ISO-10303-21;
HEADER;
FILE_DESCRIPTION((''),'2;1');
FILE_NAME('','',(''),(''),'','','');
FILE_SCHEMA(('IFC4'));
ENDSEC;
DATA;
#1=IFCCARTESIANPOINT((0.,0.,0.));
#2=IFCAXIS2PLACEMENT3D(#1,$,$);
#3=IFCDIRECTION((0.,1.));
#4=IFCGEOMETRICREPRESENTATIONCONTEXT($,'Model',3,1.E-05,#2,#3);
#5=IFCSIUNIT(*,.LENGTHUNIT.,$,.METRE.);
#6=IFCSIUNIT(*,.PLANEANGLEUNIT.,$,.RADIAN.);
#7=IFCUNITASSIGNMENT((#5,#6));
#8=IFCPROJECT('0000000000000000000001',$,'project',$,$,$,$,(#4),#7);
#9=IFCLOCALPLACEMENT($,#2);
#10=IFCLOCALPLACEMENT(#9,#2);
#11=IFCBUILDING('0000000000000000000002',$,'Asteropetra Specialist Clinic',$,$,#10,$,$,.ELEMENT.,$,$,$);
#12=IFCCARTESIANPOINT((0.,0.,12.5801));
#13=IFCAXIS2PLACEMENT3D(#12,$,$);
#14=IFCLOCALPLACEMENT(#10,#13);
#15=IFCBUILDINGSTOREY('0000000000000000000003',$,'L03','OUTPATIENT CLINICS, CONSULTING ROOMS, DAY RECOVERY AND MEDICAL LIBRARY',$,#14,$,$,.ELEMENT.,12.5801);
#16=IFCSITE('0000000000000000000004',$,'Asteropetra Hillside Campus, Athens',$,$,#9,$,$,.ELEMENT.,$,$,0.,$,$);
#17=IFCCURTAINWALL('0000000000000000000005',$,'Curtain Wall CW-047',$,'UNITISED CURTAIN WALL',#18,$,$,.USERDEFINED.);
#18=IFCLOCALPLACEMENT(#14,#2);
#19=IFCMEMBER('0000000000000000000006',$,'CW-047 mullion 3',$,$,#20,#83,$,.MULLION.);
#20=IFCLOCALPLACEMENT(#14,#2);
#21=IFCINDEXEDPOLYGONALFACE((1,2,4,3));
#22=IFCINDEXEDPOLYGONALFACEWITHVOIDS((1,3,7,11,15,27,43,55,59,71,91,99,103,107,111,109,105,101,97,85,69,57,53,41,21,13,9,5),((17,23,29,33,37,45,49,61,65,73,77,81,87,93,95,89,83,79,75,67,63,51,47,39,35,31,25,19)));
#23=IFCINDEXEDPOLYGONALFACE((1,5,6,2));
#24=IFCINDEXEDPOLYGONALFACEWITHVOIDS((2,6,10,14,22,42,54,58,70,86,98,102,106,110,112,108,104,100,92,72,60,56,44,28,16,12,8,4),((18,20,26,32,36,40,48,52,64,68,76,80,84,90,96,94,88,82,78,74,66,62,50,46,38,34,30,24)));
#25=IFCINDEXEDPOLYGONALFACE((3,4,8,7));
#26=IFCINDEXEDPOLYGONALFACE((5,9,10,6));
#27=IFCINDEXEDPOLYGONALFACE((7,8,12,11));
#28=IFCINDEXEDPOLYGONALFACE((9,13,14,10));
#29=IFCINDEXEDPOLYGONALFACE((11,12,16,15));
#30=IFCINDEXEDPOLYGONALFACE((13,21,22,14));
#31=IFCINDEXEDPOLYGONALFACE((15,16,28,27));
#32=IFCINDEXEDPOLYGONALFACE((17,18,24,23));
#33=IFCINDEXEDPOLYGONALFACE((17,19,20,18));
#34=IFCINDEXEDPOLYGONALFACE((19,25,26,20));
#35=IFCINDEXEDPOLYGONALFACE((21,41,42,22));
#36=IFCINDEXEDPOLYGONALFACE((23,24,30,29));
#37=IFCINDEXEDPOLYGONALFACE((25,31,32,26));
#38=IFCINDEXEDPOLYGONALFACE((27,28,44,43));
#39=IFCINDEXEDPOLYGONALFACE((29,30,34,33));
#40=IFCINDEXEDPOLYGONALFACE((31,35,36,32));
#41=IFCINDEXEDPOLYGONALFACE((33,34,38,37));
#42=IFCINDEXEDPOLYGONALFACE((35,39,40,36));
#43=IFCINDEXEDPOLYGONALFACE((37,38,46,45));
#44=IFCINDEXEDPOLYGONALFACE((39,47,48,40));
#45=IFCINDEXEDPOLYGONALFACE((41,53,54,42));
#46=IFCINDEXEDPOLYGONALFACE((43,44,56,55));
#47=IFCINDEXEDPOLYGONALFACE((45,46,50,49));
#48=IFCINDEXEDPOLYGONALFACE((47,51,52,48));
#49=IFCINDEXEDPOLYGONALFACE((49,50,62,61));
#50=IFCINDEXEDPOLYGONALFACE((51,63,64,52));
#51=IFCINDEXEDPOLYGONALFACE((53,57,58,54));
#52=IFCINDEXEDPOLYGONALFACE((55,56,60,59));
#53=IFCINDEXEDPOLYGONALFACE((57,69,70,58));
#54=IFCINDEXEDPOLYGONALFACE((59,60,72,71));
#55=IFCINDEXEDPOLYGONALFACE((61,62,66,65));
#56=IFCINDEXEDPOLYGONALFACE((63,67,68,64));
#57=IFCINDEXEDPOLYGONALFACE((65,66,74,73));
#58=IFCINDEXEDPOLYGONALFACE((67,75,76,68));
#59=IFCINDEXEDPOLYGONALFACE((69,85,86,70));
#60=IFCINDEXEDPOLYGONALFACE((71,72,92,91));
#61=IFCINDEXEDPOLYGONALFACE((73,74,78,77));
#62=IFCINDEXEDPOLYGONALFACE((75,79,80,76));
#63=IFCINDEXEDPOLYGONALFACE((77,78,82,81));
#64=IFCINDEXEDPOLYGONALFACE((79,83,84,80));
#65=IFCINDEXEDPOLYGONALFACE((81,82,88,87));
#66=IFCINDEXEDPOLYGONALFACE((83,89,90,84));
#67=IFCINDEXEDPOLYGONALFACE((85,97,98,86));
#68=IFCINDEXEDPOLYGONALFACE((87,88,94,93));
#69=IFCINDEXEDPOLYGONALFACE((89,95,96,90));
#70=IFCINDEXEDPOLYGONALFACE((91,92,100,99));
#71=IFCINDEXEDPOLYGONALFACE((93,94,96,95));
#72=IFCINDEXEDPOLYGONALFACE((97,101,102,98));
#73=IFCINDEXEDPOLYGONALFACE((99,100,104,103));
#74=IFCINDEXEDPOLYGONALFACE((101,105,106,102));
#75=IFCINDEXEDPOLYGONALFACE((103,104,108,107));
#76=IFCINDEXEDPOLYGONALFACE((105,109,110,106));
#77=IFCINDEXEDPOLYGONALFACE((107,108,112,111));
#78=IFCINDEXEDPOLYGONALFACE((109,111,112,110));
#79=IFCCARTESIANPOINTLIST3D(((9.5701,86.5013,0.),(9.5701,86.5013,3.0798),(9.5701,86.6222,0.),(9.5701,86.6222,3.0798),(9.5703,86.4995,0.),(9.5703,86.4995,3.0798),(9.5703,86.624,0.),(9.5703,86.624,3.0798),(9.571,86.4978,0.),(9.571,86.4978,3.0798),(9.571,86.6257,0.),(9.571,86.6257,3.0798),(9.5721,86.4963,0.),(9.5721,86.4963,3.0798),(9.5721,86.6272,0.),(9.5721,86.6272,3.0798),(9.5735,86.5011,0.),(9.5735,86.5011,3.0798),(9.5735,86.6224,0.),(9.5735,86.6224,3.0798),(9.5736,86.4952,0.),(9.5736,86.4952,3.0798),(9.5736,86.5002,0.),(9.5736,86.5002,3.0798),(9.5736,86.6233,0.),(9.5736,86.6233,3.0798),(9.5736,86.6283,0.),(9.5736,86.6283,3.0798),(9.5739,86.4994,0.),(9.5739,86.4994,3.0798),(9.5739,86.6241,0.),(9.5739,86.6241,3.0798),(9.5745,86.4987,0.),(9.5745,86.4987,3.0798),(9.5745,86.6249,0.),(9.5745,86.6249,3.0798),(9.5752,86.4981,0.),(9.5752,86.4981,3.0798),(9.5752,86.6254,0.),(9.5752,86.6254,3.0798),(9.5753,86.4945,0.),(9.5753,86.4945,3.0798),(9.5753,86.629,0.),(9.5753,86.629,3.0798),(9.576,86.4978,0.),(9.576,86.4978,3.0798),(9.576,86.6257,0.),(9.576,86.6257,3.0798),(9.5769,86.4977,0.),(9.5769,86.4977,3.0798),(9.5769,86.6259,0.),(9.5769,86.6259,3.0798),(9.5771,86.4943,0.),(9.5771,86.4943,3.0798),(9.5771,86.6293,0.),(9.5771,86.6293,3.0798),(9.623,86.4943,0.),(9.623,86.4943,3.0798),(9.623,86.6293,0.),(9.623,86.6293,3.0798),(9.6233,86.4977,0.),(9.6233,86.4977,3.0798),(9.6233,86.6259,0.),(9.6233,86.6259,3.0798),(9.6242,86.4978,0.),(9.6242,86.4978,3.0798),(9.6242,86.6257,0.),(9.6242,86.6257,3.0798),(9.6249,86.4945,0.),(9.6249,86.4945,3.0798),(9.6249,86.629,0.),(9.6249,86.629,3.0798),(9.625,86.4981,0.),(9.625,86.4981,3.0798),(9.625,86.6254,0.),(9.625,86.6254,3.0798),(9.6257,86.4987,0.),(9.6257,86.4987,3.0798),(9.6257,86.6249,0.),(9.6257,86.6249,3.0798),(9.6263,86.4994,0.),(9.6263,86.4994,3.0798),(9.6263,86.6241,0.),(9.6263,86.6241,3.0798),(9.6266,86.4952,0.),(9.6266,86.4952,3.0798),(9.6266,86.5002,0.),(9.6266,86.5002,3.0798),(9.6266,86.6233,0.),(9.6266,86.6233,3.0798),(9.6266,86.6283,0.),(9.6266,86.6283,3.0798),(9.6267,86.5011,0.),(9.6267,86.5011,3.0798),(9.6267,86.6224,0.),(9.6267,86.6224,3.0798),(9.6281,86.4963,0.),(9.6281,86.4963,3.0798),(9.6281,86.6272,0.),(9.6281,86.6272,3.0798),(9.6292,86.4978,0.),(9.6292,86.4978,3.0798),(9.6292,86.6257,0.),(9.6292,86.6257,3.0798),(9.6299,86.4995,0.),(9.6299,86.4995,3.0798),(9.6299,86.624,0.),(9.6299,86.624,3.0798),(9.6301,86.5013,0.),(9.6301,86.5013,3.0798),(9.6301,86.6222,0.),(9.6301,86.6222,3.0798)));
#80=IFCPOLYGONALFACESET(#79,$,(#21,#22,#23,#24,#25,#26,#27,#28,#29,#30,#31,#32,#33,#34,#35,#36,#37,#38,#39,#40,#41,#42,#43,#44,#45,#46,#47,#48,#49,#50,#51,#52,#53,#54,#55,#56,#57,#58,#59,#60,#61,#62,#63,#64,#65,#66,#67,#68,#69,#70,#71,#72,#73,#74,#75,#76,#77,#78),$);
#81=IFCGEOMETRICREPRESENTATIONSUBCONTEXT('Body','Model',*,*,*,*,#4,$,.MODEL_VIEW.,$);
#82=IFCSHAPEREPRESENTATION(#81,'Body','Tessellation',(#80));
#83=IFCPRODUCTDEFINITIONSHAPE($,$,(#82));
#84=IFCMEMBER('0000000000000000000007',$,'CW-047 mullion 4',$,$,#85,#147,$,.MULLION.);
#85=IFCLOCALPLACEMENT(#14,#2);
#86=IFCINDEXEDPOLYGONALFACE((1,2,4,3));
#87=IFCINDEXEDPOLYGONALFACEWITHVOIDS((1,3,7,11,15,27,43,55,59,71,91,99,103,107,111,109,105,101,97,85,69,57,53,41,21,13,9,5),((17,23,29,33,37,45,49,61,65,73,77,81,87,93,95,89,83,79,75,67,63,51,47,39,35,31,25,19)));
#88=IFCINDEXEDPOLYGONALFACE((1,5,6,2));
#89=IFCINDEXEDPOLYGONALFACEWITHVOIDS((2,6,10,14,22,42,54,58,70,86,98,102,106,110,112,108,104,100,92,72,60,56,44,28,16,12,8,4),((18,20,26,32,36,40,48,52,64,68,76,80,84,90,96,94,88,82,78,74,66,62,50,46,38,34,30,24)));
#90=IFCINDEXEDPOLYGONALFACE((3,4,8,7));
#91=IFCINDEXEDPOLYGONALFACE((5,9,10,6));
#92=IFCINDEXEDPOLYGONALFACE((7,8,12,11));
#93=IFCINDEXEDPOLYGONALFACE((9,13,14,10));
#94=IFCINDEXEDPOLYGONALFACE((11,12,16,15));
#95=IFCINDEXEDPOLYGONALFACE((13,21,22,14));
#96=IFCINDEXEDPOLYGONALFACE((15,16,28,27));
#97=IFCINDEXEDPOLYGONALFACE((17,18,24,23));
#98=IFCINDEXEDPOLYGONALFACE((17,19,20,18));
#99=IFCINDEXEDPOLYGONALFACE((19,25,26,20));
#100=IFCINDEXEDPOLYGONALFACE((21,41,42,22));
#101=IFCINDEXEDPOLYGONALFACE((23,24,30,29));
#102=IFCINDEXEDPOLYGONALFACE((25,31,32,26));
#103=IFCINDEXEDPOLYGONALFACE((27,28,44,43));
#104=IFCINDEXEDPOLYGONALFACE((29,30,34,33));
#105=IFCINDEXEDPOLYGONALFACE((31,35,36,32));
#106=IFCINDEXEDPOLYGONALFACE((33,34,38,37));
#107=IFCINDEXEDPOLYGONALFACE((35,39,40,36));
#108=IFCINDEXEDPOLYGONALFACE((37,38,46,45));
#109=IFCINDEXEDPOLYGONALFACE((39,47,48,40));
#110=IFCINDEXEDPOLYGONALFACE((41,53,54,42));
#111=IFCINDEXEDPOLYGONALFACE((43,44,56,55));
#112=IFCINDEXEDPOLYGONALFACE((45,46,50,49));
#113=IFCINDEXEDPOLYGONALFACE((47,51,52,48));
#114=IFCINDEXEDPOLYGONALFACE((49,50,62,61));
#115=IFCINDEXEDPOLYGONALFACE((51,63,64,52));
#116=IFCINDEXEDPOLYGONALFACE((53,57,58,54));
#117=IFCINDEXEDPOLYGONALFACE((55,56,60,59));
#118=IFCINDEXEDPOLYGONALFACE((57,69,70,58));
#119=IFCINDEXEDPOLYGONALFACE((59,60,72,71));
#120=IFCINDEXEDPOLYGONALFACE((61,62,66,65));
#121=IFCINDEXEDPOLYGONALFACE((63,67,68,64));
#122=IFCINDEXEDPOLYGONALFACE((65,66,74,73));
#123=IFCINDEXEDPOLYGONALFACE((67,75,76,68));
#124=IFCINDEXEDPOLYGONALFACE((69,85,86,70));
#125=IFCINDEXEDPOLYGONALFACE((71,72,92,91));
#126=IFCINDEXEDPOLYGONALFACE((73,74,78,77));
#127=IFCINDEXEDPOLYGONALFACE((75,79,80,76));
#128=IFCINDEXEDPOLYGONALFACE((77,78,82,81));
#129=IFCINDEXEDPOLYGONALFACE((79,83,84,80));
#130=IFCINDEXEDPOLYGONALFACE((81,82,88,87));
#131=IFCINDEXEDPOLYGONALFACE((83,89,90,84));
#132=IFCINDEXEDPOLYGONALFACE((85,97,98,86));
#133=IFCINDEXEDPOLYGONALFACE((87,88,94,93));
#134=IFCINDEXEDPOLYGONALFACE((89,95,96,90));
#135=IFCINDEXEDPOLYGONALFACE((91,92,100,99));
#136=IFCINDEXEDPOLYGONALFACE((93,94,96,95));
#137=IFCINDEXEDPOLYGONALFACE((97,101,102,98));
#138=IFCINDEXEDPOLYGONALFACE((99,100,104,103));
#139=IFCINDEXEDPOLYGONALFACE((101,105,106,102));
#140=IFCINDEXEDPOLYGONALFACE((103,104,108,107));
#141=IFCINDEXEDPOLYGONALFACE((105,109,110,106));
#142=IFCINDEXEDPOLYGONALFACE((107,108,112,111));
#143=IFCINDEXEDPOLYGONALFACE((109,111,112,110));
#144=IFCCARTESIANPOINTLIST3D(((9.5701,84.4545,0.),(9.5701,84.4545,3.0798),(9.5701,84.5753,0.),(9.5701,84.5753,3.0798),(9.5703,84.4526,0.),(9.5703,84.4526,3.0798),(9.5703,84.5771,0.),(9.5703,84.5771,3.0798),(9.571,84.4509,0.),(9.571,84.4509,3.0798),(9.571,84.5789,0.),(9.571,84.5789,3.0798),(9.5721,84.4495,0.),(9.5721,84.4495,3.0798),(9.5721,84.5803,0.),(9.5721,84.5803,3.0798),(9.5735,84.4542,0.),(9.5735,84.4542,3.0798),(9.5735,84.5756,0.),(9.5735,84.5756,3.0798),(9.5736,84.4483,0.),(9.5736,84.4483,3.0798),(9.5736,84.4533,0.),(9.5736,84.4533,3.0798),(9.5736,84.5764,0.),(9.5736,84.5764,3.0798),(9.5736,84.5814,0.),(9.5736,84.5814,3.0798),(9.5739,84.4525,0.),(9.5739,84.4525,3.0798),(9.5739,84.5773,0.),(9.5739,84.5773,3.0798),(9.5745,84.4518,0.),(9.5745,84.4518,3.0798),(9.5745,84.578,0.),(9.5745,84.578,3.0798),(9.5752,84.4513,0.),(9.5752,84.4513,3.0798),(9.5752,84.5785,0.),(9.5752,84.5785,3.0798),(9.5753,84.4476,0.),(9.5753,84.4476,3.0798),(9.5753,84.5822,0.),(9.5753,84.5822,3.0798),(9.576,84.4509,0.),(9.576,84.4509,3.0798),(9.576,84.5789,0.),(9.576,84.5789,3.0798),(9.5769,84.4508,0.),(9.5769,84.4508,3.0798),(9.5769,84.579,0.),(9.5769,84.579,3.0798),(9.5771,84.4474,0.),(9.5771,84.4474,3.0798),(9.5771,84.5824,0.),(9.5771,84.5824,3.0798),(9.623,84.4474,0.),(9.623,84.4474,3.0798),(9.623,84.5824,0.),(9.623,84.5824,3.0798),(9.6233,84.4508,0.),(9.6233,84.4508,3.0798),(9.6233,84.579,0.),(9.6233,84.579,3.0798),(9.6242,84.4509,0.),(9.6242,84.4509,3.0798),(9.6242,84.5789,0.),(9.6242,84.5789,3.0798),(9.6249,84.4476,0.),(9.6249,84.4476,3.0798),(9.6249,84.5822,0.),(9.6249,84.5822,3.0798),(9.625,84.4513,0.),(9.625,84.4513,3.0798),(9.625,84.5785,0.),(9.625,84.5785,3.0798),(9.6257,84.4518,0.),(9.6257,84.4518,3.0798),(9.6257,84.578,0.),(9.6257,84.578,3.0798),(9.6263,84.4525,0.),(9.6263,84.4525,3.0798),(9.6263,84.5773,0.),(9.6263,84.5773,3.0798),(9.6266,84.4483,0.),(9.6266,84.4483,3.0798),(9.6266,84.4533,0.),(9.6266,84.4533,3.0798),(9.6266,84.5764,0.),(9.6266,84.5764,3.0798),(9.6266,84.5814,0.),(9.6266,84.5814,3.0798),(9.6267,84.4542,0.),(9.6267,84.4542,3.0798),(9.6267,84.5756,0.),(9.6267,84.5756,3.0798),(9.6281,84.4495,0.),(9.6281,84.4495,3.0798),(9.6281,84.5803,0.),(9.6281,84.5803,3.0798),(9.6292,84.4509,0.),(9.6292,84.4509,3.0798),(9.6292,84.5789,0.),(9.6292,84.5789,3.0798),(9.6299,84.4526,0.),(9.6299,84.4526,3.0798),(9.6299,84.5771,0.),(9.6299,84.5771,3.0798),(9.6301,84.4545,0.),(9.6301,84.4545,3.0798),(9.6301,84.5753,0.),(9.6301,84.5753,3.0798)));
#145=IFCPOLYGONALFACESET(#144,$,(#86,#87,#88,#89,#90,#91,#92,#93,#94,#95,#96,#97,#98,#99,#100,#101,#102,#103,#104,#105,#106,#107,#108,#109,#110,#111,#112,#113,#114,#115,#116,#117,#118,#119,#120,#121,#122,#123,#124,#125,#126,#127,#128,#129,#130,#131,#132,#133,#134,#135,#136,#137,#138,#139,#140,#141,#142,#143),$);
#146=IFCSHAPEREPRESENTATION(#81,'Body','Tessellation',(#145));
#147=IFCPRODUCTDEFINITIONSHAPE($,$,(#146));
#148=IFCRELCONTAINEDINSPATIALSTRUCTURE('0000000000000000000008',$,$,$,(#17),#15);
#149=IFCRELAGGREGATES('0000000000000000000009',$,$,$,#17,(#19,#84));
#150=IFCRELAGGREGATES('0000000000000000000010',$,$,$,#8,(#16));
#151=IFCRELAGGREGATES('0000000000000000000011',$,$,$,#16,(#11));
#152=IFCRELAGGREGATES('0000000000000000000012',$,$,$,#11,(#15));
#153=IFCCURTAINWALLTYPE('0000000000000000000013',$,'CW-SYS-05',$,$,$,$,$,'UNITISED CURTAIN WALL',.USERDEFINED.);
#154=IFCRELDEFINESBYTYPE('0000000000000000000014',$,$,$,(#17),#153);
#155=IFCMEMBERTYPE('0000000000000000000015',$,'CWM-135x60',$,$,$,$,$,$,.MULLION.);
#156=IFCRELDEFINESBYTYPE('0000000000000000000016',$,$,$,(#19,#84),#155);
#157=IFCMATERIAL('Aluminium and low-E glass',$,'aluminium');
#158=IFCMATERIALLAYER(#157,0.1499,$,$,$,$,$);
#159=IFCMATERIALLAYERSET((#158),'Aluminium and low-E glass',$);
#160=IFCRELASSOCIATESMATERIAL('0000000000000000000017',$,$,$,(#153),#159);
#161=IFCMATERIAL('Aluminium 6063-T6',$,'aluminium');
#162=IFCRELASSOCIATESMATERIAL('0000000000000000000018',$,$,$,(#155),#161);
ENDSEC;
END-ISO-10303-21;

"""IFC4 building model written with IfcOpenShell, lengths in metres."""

from ifc_helpers import new_model, si_unit, direction, frame, origin, origin_2d, place, context, subcontext, project, spatial, hollow_rectangle, extrude, material, layer, layer_set, material_profile, profile_set, type_object, element, aggregate, save


model = new_model("IFC4")

# Units and contexts
model_context = context("Model", 3, precision=1e-05, world=origin(), true_north=direction((0.0, 1.0)))
body_context = subcontext(model_context, "Body", "Model", "MODEL_VIEW")
ifc_project = project(units=[si_unit("LENGTHUNIT", "METRE"), si_unit("PLANEANGLEUNIT", "RADIAN")], contexts=[model_context])

# Site, building, storey
site_placement = place(None, origin())
site = spatial("IfcSite", under=ifc_project, at=site_placement, Name="Asteropetra Hillside Campus, Athens", CompositionType="ELEMENT", RefElevation=0.0)
building_placement = place(site_placement, origin())
building = spatial("IfcBuilding", under=site, at=building_placement, Name="Asteropetra Specialist Clinic", CompositionType="ELEMENT")
storey_placement = place(building_placement, frame((0.0, 0.0, 12.5801)))
storey = spatial("IfcBuildingStorey", under=building, at=storey_placement, Name="L03", Description="OUTPATIENT CLINICS, CONSULTING ROOMS, DAY RECOVERY AND MEDICAL LIBRARY", CompositionType="ELEMENT", Elevation=12.5801)

# Curtain wall, members
ifc_material_1 = material(Name="Aluminium and low-E glass", Category="aluminium")
ifc_layer_1 = layer(ifc_material_1, 0.1499)
ifc_layer_set_1 = layer_set([ifc_layer_1], Name="Aluminium and low-E glass")
curtain_wall_type = type_object("IfcCurtainWallType", Name="CW-SYS-05", ElementType="UNITISED CURTAIN WALL", PredefinedType="USERDEFINED", material=ifc_layer_set_1)
curtain_wall_placement = place(storey_placement, origin())
curtain_wall = element("IfcCurtainWall", 1, at=curtain_wall_placement, inside=storey, type_object=curtain_wall_type, Name="Curtain Wall CW-047", ObjectType="UNITISED CURTAIN WALL", PredefinedType="USERDEFINED")
ifc_material_2 = material(Name="Aluminium 6063-T6", Category="aluminium")
ifc_material_profile_1 = material_profile(ifc_material_2, hollow_rectangle(XDim=0.0601, YDim=0.135, WallThickness=0.0034, InnerFilletRadius=0.0034, OuterFilletRadius=0.0071, at=origin_2d()), Name="MUL 135x60x3.5")
ifc_profile_set_1 = profile_set([ifc_material_profile_1], Name="Aluminium 6063-T6")
member_type_1 = type_object("IfcMemberType", Name="CWM-135x60", PredefinedType="MULLION", material=ifc_profile_set_1)
member_1_placement = place(storey_placement, frame((9.6001, 86.5618, 0.0), z_axis=(0.0, 0.0, 1.0), x_axis=(1.0, 0.0, 0.0)))
member_1 = element("IfcMember", 2, at=member_1_placement, type_object=member_type_1, Name="CW-047 mullion 3", PredefinedType="MULLION", context=body_context, shape_type="SweptSolid", body=[
    extrude(hollow_rectangle(XDim=0.0601, YDim=0.135, WallThickness=0.0034, InnerFilletRadius=0.0034, OuterFilletRadius=0.0071, at=origin_2d()), origin(), (0.0, 0.0, 1.0), 3.0798),
])
member_2_placement = place(storey_placement, frame((9.6001, 84.5149, 0.0), z_axis=(0.0, 0.0, 1.0), x_axis=(1.0, 0.0, 0.0)))
member_2 = element("IfcMember", 3, at=member_2_placement, type_object=member_type_1, Name="CW-047 mullion 4", PredefinedType="MULLION", context=body_context, shape_type="SweptSolid", body=[
    extrude(hollow_rectangle(XDim=0.0601, YDim=0.135, WallThickness=0.0034, InnerFilletRadius=0.0034, OuterFilletRadius=0.0071, at=origin_2d()), origin(), (0.0, 0.0, 1.0), 3.0798),
])

aggregate(curtain_wall, [member_1, member_2])

save(model, "model.ifc")
